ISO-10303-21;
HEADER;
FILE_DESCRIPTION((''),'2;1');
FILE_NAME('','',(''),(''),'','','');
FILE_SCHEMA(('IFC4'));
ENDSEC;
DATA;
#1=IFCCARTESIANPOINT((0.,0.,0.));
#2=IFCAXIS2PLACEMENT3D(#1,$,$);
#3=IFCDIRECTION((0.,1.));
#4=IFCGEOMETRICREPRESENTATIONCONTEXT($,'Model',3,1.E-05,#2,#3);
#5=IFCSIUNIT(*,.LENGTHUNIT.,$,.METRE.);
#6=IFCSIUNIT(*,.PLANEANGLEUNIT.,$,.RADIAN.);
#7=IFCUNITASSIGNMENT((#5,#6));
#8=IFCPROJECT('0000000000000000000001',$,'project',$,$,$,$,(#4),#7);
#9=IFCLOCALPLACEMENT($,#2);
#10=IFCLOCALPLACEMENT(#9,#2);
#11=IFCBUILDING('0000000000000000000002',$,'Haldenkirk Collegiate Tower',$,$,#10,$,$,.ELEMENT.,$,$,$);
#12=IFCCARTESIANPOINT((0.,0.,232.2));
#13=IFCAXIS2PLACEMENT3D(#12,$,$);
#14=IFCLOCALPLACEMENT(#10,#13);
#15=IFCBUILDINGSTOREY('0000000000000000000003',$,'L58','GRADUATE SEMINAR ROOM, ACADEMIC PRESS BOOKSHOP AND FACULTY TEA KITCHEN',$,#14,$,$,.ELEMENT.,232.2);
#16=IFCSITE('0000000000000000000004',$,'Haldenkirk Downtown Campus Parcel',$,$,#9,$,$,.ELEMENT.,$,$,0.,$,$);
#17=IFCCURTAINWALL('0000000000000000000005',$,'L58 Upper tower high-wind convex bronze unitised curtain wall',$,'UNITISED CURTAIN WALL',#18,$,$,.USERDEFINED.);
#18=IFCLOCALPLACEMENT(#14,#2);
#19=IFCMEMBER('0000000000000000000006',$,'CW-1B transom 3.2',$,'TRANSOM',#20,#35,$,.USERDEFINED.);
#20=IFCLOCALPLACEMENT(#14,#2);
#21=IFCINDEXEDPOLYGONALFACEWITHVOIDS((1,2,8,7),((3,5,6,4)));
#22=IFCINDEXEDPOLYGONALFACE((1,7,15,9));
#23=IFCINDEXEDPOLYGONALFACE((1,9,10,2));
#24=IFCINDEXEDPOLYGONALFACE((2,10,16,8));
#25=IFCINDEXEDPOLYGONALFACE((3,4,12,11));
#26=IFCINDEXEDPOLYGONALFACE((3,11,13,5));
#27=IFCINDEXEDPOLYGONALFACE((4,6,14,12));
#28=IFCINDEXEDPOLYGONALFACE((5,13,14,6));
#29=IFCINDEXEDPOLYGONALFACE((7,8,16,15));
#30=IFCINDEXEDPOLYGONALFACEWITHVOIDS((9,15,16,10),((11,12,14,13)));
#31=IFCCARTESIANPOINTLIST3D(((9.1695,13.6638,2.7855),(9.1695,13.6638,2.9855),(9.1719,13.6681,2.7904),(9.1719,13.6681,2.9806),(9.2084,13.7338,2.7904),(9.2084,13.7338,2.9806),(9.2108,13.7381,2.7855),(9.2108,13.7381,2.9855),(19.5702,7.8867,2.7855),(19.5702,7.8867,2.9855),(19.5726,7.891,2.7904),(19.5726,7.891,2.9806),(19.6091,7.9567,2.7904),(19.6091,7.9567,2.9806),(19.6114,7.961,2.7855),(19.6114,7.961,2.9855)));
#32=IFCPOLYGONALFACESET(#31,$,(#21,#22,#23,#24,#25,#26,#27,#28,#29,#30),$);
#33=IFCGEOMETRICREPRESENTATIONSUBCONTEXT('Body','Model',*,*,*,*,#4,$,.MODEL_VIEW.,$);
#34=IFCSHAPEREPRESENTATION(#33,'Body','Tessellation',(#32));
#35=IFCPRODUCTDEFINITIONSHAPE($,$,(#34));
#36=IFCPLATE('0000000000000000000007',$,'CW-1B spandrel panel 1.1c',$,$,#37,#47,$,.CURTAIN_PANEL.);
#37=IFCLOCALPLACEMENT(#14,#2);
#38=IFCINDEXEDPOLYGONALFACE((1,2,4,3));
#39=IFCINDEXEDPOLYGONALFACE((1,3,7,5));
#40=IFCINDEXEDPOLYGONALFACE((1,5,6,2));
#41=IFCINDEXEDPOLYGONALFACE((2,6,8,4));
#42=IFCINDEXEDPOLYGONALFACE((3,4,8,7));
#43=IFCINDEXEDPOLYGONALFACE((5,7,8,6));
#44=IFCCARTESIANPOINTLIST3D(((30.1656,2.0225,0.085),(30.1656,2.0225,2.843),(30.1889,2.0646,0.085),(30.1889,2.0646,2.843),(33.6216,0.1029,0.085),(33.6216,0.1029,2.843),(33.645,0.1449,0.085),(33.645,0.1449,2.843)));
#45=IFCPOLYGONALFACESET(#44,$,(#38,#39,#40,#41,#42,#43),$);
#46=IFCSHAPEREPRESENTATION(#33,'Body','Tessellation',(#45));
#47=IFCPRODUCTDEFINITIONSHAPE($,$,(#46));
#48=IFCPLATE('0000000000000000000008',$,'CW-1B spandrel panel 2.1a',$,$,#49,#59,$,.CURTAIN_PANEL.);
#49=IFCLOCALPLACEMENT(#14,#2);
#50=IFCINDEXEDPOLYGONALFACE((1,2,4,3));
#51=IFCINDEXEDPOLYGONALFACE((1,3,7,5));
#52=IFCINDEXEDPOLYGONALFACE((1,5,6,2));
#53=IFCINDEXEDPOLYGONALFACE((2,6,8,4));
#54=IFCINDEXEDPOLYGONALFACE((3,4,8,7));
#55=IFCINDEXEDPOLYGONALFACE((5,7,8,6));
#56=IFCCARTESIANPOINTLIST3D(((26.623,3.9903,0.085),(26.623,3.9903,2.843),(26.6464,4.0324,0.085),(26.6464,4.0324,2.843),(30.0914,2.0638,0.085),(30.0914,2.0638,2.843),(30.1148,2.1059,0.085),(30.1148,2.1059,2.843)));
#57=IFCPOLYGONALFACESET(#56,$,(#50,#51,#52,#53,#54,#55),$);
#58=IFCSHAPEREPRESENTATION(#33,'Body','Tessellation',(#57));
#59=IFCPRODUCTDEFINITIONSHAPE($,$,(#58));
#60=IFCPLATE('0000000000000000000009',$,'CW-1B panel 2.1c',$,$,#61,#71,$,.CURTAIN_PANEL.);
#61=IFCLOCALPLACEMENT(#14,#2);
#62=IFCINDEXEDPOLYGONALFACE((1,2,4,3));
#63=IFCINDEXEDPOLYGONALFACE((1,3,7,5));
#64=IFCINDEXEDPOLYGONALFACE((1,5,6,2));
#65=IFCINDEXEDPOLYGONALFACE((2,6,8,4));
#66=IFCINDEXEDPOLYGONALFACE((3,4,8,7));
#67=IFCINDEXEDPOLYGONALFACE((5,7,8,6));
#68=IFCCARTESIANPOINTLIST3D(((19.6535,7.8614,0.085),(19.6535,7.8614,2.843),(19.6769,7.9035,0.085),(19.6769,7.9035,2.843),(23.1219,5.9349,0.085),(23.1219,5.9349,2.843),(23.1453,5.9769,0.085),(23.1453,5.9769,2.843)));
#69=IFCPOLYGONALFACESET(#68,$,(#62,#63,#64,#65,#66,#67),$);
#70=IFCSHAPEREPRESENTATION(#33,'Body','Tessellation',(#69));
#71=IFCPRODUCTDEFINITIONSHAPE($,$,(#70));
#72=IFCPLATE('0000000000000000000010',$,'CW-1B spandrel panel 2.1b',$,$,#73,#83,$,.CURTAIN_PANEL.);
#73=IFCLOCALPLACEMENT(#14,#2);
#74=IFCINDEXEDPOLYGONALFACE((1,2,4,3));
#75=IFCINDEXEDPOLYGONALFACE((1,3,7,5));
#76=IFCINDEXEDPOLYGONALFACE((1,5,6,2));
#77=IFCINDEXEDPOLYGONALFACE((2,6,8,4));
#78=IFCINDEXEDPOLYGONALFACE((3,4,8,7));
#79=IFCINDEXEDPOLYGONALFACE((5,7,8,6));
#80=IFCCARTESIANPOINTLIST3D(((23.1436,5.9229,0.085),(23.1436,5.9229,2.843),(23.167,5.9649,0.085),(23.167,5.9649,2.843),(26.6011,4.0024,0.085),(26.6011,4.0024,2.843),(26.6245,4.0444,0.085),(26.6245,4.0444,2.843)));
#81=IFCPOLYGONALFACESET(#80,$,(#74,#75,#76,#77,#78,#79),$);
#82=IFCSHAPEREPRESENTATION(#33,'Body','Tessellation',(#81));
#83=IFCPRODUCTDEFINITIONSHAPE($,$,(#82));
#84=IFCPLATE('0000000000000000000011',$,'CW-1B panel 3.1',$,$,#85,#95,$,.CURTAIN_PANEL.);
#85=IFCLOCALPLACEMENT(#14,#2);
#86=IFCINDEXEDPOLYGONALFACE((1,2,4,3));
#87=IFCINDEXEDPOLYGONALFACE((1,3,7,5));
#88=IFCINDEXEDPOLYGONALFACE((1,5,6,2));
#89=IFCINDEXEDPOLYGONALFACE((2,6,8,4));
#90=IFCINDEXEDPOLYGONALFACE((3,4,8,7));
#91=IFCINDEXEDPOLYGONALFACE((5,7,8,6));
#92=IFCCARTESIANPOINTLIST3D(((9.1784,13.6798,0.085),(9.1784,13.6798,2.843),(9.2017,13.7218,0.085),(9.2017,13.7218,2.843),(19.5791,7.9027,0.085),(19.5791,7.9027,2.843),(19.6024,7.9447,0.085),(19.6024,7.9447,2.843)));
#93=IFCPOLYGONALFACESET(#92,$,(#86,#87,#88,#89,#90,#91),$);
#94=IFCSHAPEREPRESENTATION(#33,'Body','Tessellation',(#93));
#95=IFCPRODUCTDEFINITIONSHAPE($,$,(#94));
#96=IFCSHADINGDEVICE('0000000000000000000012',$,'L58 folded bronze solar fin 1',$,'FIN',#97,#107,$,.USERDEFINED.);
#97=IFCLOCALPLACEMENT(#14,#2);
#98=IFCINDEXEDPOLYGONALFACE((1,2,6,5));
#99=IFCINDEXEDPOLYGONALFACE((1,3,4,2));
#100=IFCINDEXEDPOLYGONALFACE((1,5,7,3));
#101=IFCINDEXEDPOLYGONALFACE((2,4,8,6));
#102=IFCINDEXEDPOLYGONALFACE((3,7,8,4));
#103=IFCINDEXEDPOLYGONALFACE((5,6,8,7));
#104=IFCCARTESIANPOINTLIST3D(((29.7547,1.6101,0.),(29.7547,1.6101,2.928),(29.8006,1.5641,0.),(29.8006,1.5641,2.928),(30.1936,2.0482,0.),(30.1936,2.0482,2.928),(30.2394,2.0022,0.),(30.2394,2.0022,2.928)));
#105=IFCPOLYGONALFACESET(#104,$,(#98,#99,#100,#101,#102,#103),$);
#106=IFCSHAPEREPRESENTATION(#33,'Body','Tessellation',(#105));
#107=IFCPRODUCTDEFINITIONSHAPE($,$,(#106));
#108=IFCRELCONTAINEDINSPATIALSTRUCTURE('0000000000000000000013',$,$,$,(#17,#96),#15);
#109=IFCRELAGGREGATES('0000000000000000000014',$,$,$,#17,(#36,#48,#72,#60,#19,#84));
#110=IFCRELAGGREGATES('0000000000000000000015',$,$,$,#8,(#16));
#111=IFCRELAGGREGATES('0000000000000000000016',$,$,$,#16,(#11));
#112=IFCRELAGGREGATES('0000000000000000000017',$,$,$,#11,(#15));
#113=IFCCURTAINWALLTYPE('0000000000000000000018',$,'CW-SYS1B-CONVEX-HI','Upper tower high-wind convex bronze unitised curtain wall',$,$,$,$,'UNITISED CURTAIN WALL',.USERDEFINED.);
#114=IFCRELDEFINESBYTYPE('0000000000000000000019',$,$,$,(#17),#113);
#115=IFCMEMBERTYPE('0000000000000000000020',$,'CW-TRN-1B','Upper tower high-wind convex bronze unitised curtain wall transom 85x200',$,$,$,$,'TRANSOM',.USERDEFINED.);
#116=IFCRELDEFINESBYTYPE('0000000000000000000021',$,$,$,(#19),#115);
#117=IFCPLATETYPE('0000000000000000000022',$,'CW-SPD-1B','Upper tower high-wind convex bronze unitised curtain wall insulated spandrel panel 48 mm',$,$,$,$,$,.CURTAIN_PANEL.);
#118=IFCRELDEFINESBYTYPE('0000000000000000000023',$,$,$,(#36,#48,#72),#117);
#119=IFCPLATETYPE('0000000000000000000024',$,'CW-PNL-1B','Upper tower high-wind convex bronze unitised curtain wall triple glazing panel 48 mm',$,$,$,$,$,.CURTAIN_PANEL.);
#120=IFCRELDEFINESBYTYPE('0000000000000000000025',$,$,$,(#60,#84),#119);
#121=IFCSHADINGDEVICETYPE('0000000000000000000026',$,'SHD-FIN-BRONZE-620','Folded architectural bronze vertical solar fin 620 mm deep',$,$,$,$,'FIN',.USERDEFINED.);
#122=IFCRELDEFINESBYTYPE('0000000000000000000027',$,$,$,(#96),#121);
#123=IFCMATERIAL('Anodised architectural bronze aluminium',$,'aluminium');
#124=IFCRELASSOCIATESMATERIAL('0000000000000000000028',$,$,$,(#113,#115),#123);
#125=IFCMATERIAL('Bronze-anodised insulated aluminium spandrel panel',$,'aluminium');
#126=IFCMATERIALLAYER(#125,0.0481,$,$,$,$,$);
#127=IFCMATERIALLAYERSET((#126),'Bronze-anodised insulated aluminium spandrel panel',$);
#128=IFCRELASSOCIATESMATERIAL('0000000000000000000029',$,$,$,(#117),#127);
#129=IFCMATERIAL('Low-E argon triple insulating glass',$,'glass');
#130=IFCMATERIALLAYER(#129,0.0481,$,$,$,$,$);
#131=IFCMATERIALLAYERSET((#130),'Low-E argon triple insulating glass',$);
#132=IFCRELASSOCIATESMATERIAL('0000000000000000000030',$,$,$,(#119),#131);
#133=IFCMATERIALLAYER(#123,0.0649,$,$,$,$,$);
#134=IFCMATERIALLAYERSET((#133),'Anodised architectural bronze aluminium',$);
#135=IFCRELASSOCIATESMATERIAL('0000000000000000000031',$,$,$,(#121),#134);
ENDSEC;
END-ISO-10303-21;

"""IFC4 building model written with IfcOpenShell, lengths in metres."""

from ifc_helpers import new_model, si_unit, direction, frame, origin, origin_2d, place, context, subcontext, project, spatial, rectangle, hollow_rectangle, extrude, source, transform, mapped, material, layer, layer_set, material_profile, profile_set, type_object, element, aggregate, save


model = new_model("IFC4")

# Units and contexts
model_context = context("Model", 3, precision=1e-05, world=origin(), true_north=direction((0.0, 1.0)))
body_context = subcontext(model_context, "Body", "Model", "MODEL_VIEW")
ifc_project = project(units=[si_unit("LENGTHUNIT", "METRE"), si_unit("PLANEANGLEUNIT", "RADIAN")], contexts=[model_context])

# Site, building, storey
site_placement = place(None, origin())
site = spatial("IfcSite", under=ifc_project, at=site_placement, Name="Haldenkirk Downtown Campus Parcel", CompositionType="ELEMENT", RefElevation=0.0)
building_placement = place(site_placement, origin())
building = spatial("IfcBuilding", under=site, at=building_placement, Name="Haldenkirk Collegiate Tower", CompositionType="ELEMENT")
storey_placement = place(building_placement, frame((0.0, 0.0, 232.2)))
storey = spatial("IfcBuildingStorey", under=building, at=storey_placement, Name="L58", Description="GRADUATE SEMINAR ROOM, ACADEMIC PRESS BOOKSHOP AND FACULTY TEA KITCHEN", CompositionType="ELEMENT", Elevation=232.2)

# Curtain wall, member, plates
ifc_material_1 = material(Name="Anodised architectural bronze aluminium", Category="aluminium")
curtain_wall_type = type_object("IfcCurtainWallType", Name="CW-SYS1B-CONVEX-HI", Description="Upper tower high-wind convex bronze unitised curtain wall", ElementType="UNITISED CURTAIN WALL", PredefinedType="USERDEFINED", material=ifc_material_1)
curtain_wall_placement = place(storey_placement, origin())
curtain_wall = element("IfcCurtainWall", 1, at=curtain_wall_placement, inside=storey, type_object=curtain_wall_type, Name="L58 Upper tower high-wind convex bronze unitised curtain wall", ObjectType="UNITISED CURTAIN WALL", PredefinedType="USERDEFINED")
ifc_material_profile_1 = material_profile(ifc_material_1, hollow_rectangle(XDim=0.085, YDim=0.2, WallThickness=0.0049, at=origin_2d()), Name="CW-TRN-1B")
ifc_profile_set_1 = profile_set([ifc_material_profile_1], Name="Anodised architectural bronze aluminium")
member_type_1 = type_object("IfcMemberType", Name="CW-TRN-1B", Description="Upper tower high-wind convex bronze unitised curtain wall transom 85x200", ElementType="TRANSOM", PredefinedType="USERDEFINED", material=ifc_profile_set_1)
member_1_placement = place(storey_placement, frame((19.5908, 7.9238, 2.8855), z_axis=(-0.874194, 0.485577, 0.0), x_axis=(-0.485577, -0.874194, 0.0)))
member_1 = element("IfcMember", 2, at=member_1_placement, type_object=member_type_1, Name="CW-1B transom 3.2", ObjectType="TRANSOM", PredefinedType="USERDEFINED", context=body_context, shape_type="SweptSolid", body=[
    extrude(hollow_rectangle(XDim=0.085, YDim=0.2, WallThickness=0.0049, at=origin_2d()), origin(), (0.0, 0.0, 1.0), 11.8975),
])
ifc_material_2 = material(Name="Bronze-anodised insulated aluminium spandrel panel", Category="aluminium")
ifc_layer_1 = layer(ifc_material_2, 0.0481)
ifc_layer_set_1 = layer_set([ifc_layer_1], Name="Bronze-anodised insulated aluminium spandrel panel")
plate_type_1 = type_object("IfcPlateType", Name="CW-SPD-1B", Description="Upper tower high-wind convex bronze unitised curtain wall insulated spandrel panel 48 mm", PredefinedType="CURTAIN_PANEL", material=ifc_layer_set_1)
shared_shape_1 = source(origin(), body_context, "Body", "SweptSolid", [
    extrude(rectangle(XDim=3.9534, YDim=0.0481, at=origin_2d()), origin(), (0.0, 0.0, 1.0), 2.7581),
])
plate_1_placement = place(storey_placement, frame((31.9053, 1.0837, 0.085), z_axis=(0.0, 0.0, 1.0), x_axis=(-0.874195, 0.485574, 0.0)))
plate_1 = element("IfcPlate", 3, at=plate_1_placement, type_object=plate_type_1, Name="CW-1B spandrel panel 1.1c", PredefinedType="CURTAIN_PANEL", context=body_context, shape_type="MappedRepresentation", body=[
    mapped(shared_shape_1, transform((0.0, 0.0, 0.0), x_axis=(1.0, 0.0, 0.0), y_axis=(0.0, 1.0, 0.0), z_axis=(0.0, 0.0, 1.0), scale=1.0)),
])
shared_shape_2 = source(origin(), body_context, "Body", "SweptSolid", [
    extrude(rectangle(XDim=3.9675, YDim=0.0481, at=origin_2d()), origin(), (0.0, 0.0, 1.0), 2.7581),
])
plate_2_placement = place(storey_placement, frame((28.3689, 3.0481, 0.085), z_axis=(0.0, 0.0, 1.0), x_axis=(-0.874195, 0.485574, 0.0)))
plate_2 = element("IfcPlate", 4, at=plate_2_placement, type_object=plate_type_1, Name="CW-1B spandrel panel 2.1a", PredefinedType="CURTAIN_PANEL", context=body_context, shape_type="MappedRepresentation", body=[
    mapped(shared_shape_2, transform((0.0, 0.0, 0.0), x_axis=(1.0, 0.0, 0.0), y_axis=(0.0, 1.0, 0.0), z_axis=(0.0, 0.0, 1.0), scale=1.0)),
])
ifc_material_3 = material(Name="Low-E argon triple insulating glass", Category="glass")
ifc_layer_2 = layer(ifc_material_3, 0.0481)
ifc_layer_set_2 = layer_set([ifc_layer_2], Name="Low-E argon triple insulating glass")
plate_type_2 = type_object("IfcPlateType", Name="CW-PNL-1B", Description="Upper tower high-wind convex bronze unitised curtain wall triple glazing panel 48 mm", PredefinedType="CURTAIN_PANEL", material=ifc_layer_set_2)
plate_3_placement = place(storey_placement, frame((21.3994, 6.9192, 0.085), z_axis=(0.0, 0.0, 1.0), x_axis=(-0.874195, 0.485574, 0.0)))
plate_3 = element("IfcPlate", 5, at=plate_3_placement, type_object=plate_type_2, Name="CW-1B panel 2.1c", PredefinedType="CURTAIN_PANEL", context=body_context, shape_type="MappedRepresentation", body=[
    mapped(shared_shape_2, transform((0.0, 0.0, 0.0), x_axis=(1.0, 0.0, 0.0), y_axis=(0.0, 1.0, 0.0), z_axis=(0.0, 0.0, 1.0), scale=1.0)),
])
shared_shape_3 = source(origin(), body_context, "Body", "SweptSolid", [
    extrude(rectangle(XDim=3.9551, YDim=0.0481, at=origin_2d()), origin(), (0.0, 0.0, 1.0), 2.7581),
])
plate_4_placement = place(storey_placement, frame((24.884, 4.9836, 0.085), z_axis=(0.0, 0.0, 1.0), x_axis=(-0.874195, 0.485574, 0.0)))
plate_4 = element("IfcPlate", 6, at=plate_4_placement, type_object=plate_type_1, Name="CW-1B spandrel panel 2.1b", PredefinedType="CURTAIN_PANEL", context=body_context, shape_type="MappedRepresentation", body=[
    mapped(shared_shape_3, transform((0.0, 0.0, 0.0), x_axis=(1.0, 0.0, 0.0), y_axis=(0.0, 1.0, 0.0), z_axis=(0.0, 0.0, 1.0), scale=1.0)),
])
shared_shape_4 = source(origin(), body_context, "Body", "SweptSolid", [
    extrude(rectangle(XDim=11.8975, YDim=0.0481, at=origin_2d()), origin(), (0.0, 0.0, 1.0), 2.7581),
])
plate_5_placement = place(storey_placement, frame((14.3904, 10.8123, 0.085), z_axis=(0.0, 0.0, 1.0), x_axis=(-0.874195, 0.485574, 0.0)))
plate_5 = element("IfcPlate", 7, at=plate_5_placement, type_object=plate_type_2, Name="CW-1B panel 3.1", PredefinedType="CURTAIN_PANEL", context=body_context, shape_type="MappedRepresentation", body=[
    mapped(shared_shape_4, transform((0.0, 0.0, 0.0), x_axis=(1.0, 0.0, 0.0), y_axis=(0.0, 1.0, 0.0), z_axis=(0.0, 0.0, 1.0), scale=1.0)),
])
aggregate(curtain_wall, [plate_1, plate_2, plate_4, plate_3, member_1, plate_5])

# Shading device
ifc_layer_3 = layer(ifc_material_1, 0.0649)
ifc_layer_set_3 = layer_set([ifc_layer_3], Name="Anodised architectural bronze aluminium")
shading_device_type = type_object("IfcShadingDeviceType", Name="SHD-FIN-BRONZE-620", Description="Folded architectural bronze vertical solar fin 620 mm deep", ElementType="FIN", PredefinedType="USERDEFINED", material=ifc_layer_set_3)
shared_shape_5 = source(origin(), body_context, "Body", "SweptSolid", [
    extrude(rectangle(XDim=0.6201, YDim=0.0649, at=origin_2d()), origin(), (0.0, 0.0, 1.0), 2.928),
])
shading_device_placement = place(storey_placement, frame((29.9971, 1.8062, 0.0), z_axis=(0.0, 0.0, 1.0), x_axis=(-0.707724, -0.706489, 0.0)))
element("IfcShadingDevice", 8, at=shading_device_placement, inside=storey, type_object=shading_device_type, Name="L58 folded bronze solar fin 1", ObjectType="FIN", PredefinedType="USERDEFINED", context=body_context, shape_type="MappedRepresentation", body=[
    mapped(shared_shape_5, transform((0.0, 0.0, 0.0), x_axis=(1.0, 0.0, 0.0), y_axis=(0.0, 1.0, 0.0), z_axis=(0.0, 0.0, 1.0), scale=1.0)),
])

save(model, "model.ifc")
